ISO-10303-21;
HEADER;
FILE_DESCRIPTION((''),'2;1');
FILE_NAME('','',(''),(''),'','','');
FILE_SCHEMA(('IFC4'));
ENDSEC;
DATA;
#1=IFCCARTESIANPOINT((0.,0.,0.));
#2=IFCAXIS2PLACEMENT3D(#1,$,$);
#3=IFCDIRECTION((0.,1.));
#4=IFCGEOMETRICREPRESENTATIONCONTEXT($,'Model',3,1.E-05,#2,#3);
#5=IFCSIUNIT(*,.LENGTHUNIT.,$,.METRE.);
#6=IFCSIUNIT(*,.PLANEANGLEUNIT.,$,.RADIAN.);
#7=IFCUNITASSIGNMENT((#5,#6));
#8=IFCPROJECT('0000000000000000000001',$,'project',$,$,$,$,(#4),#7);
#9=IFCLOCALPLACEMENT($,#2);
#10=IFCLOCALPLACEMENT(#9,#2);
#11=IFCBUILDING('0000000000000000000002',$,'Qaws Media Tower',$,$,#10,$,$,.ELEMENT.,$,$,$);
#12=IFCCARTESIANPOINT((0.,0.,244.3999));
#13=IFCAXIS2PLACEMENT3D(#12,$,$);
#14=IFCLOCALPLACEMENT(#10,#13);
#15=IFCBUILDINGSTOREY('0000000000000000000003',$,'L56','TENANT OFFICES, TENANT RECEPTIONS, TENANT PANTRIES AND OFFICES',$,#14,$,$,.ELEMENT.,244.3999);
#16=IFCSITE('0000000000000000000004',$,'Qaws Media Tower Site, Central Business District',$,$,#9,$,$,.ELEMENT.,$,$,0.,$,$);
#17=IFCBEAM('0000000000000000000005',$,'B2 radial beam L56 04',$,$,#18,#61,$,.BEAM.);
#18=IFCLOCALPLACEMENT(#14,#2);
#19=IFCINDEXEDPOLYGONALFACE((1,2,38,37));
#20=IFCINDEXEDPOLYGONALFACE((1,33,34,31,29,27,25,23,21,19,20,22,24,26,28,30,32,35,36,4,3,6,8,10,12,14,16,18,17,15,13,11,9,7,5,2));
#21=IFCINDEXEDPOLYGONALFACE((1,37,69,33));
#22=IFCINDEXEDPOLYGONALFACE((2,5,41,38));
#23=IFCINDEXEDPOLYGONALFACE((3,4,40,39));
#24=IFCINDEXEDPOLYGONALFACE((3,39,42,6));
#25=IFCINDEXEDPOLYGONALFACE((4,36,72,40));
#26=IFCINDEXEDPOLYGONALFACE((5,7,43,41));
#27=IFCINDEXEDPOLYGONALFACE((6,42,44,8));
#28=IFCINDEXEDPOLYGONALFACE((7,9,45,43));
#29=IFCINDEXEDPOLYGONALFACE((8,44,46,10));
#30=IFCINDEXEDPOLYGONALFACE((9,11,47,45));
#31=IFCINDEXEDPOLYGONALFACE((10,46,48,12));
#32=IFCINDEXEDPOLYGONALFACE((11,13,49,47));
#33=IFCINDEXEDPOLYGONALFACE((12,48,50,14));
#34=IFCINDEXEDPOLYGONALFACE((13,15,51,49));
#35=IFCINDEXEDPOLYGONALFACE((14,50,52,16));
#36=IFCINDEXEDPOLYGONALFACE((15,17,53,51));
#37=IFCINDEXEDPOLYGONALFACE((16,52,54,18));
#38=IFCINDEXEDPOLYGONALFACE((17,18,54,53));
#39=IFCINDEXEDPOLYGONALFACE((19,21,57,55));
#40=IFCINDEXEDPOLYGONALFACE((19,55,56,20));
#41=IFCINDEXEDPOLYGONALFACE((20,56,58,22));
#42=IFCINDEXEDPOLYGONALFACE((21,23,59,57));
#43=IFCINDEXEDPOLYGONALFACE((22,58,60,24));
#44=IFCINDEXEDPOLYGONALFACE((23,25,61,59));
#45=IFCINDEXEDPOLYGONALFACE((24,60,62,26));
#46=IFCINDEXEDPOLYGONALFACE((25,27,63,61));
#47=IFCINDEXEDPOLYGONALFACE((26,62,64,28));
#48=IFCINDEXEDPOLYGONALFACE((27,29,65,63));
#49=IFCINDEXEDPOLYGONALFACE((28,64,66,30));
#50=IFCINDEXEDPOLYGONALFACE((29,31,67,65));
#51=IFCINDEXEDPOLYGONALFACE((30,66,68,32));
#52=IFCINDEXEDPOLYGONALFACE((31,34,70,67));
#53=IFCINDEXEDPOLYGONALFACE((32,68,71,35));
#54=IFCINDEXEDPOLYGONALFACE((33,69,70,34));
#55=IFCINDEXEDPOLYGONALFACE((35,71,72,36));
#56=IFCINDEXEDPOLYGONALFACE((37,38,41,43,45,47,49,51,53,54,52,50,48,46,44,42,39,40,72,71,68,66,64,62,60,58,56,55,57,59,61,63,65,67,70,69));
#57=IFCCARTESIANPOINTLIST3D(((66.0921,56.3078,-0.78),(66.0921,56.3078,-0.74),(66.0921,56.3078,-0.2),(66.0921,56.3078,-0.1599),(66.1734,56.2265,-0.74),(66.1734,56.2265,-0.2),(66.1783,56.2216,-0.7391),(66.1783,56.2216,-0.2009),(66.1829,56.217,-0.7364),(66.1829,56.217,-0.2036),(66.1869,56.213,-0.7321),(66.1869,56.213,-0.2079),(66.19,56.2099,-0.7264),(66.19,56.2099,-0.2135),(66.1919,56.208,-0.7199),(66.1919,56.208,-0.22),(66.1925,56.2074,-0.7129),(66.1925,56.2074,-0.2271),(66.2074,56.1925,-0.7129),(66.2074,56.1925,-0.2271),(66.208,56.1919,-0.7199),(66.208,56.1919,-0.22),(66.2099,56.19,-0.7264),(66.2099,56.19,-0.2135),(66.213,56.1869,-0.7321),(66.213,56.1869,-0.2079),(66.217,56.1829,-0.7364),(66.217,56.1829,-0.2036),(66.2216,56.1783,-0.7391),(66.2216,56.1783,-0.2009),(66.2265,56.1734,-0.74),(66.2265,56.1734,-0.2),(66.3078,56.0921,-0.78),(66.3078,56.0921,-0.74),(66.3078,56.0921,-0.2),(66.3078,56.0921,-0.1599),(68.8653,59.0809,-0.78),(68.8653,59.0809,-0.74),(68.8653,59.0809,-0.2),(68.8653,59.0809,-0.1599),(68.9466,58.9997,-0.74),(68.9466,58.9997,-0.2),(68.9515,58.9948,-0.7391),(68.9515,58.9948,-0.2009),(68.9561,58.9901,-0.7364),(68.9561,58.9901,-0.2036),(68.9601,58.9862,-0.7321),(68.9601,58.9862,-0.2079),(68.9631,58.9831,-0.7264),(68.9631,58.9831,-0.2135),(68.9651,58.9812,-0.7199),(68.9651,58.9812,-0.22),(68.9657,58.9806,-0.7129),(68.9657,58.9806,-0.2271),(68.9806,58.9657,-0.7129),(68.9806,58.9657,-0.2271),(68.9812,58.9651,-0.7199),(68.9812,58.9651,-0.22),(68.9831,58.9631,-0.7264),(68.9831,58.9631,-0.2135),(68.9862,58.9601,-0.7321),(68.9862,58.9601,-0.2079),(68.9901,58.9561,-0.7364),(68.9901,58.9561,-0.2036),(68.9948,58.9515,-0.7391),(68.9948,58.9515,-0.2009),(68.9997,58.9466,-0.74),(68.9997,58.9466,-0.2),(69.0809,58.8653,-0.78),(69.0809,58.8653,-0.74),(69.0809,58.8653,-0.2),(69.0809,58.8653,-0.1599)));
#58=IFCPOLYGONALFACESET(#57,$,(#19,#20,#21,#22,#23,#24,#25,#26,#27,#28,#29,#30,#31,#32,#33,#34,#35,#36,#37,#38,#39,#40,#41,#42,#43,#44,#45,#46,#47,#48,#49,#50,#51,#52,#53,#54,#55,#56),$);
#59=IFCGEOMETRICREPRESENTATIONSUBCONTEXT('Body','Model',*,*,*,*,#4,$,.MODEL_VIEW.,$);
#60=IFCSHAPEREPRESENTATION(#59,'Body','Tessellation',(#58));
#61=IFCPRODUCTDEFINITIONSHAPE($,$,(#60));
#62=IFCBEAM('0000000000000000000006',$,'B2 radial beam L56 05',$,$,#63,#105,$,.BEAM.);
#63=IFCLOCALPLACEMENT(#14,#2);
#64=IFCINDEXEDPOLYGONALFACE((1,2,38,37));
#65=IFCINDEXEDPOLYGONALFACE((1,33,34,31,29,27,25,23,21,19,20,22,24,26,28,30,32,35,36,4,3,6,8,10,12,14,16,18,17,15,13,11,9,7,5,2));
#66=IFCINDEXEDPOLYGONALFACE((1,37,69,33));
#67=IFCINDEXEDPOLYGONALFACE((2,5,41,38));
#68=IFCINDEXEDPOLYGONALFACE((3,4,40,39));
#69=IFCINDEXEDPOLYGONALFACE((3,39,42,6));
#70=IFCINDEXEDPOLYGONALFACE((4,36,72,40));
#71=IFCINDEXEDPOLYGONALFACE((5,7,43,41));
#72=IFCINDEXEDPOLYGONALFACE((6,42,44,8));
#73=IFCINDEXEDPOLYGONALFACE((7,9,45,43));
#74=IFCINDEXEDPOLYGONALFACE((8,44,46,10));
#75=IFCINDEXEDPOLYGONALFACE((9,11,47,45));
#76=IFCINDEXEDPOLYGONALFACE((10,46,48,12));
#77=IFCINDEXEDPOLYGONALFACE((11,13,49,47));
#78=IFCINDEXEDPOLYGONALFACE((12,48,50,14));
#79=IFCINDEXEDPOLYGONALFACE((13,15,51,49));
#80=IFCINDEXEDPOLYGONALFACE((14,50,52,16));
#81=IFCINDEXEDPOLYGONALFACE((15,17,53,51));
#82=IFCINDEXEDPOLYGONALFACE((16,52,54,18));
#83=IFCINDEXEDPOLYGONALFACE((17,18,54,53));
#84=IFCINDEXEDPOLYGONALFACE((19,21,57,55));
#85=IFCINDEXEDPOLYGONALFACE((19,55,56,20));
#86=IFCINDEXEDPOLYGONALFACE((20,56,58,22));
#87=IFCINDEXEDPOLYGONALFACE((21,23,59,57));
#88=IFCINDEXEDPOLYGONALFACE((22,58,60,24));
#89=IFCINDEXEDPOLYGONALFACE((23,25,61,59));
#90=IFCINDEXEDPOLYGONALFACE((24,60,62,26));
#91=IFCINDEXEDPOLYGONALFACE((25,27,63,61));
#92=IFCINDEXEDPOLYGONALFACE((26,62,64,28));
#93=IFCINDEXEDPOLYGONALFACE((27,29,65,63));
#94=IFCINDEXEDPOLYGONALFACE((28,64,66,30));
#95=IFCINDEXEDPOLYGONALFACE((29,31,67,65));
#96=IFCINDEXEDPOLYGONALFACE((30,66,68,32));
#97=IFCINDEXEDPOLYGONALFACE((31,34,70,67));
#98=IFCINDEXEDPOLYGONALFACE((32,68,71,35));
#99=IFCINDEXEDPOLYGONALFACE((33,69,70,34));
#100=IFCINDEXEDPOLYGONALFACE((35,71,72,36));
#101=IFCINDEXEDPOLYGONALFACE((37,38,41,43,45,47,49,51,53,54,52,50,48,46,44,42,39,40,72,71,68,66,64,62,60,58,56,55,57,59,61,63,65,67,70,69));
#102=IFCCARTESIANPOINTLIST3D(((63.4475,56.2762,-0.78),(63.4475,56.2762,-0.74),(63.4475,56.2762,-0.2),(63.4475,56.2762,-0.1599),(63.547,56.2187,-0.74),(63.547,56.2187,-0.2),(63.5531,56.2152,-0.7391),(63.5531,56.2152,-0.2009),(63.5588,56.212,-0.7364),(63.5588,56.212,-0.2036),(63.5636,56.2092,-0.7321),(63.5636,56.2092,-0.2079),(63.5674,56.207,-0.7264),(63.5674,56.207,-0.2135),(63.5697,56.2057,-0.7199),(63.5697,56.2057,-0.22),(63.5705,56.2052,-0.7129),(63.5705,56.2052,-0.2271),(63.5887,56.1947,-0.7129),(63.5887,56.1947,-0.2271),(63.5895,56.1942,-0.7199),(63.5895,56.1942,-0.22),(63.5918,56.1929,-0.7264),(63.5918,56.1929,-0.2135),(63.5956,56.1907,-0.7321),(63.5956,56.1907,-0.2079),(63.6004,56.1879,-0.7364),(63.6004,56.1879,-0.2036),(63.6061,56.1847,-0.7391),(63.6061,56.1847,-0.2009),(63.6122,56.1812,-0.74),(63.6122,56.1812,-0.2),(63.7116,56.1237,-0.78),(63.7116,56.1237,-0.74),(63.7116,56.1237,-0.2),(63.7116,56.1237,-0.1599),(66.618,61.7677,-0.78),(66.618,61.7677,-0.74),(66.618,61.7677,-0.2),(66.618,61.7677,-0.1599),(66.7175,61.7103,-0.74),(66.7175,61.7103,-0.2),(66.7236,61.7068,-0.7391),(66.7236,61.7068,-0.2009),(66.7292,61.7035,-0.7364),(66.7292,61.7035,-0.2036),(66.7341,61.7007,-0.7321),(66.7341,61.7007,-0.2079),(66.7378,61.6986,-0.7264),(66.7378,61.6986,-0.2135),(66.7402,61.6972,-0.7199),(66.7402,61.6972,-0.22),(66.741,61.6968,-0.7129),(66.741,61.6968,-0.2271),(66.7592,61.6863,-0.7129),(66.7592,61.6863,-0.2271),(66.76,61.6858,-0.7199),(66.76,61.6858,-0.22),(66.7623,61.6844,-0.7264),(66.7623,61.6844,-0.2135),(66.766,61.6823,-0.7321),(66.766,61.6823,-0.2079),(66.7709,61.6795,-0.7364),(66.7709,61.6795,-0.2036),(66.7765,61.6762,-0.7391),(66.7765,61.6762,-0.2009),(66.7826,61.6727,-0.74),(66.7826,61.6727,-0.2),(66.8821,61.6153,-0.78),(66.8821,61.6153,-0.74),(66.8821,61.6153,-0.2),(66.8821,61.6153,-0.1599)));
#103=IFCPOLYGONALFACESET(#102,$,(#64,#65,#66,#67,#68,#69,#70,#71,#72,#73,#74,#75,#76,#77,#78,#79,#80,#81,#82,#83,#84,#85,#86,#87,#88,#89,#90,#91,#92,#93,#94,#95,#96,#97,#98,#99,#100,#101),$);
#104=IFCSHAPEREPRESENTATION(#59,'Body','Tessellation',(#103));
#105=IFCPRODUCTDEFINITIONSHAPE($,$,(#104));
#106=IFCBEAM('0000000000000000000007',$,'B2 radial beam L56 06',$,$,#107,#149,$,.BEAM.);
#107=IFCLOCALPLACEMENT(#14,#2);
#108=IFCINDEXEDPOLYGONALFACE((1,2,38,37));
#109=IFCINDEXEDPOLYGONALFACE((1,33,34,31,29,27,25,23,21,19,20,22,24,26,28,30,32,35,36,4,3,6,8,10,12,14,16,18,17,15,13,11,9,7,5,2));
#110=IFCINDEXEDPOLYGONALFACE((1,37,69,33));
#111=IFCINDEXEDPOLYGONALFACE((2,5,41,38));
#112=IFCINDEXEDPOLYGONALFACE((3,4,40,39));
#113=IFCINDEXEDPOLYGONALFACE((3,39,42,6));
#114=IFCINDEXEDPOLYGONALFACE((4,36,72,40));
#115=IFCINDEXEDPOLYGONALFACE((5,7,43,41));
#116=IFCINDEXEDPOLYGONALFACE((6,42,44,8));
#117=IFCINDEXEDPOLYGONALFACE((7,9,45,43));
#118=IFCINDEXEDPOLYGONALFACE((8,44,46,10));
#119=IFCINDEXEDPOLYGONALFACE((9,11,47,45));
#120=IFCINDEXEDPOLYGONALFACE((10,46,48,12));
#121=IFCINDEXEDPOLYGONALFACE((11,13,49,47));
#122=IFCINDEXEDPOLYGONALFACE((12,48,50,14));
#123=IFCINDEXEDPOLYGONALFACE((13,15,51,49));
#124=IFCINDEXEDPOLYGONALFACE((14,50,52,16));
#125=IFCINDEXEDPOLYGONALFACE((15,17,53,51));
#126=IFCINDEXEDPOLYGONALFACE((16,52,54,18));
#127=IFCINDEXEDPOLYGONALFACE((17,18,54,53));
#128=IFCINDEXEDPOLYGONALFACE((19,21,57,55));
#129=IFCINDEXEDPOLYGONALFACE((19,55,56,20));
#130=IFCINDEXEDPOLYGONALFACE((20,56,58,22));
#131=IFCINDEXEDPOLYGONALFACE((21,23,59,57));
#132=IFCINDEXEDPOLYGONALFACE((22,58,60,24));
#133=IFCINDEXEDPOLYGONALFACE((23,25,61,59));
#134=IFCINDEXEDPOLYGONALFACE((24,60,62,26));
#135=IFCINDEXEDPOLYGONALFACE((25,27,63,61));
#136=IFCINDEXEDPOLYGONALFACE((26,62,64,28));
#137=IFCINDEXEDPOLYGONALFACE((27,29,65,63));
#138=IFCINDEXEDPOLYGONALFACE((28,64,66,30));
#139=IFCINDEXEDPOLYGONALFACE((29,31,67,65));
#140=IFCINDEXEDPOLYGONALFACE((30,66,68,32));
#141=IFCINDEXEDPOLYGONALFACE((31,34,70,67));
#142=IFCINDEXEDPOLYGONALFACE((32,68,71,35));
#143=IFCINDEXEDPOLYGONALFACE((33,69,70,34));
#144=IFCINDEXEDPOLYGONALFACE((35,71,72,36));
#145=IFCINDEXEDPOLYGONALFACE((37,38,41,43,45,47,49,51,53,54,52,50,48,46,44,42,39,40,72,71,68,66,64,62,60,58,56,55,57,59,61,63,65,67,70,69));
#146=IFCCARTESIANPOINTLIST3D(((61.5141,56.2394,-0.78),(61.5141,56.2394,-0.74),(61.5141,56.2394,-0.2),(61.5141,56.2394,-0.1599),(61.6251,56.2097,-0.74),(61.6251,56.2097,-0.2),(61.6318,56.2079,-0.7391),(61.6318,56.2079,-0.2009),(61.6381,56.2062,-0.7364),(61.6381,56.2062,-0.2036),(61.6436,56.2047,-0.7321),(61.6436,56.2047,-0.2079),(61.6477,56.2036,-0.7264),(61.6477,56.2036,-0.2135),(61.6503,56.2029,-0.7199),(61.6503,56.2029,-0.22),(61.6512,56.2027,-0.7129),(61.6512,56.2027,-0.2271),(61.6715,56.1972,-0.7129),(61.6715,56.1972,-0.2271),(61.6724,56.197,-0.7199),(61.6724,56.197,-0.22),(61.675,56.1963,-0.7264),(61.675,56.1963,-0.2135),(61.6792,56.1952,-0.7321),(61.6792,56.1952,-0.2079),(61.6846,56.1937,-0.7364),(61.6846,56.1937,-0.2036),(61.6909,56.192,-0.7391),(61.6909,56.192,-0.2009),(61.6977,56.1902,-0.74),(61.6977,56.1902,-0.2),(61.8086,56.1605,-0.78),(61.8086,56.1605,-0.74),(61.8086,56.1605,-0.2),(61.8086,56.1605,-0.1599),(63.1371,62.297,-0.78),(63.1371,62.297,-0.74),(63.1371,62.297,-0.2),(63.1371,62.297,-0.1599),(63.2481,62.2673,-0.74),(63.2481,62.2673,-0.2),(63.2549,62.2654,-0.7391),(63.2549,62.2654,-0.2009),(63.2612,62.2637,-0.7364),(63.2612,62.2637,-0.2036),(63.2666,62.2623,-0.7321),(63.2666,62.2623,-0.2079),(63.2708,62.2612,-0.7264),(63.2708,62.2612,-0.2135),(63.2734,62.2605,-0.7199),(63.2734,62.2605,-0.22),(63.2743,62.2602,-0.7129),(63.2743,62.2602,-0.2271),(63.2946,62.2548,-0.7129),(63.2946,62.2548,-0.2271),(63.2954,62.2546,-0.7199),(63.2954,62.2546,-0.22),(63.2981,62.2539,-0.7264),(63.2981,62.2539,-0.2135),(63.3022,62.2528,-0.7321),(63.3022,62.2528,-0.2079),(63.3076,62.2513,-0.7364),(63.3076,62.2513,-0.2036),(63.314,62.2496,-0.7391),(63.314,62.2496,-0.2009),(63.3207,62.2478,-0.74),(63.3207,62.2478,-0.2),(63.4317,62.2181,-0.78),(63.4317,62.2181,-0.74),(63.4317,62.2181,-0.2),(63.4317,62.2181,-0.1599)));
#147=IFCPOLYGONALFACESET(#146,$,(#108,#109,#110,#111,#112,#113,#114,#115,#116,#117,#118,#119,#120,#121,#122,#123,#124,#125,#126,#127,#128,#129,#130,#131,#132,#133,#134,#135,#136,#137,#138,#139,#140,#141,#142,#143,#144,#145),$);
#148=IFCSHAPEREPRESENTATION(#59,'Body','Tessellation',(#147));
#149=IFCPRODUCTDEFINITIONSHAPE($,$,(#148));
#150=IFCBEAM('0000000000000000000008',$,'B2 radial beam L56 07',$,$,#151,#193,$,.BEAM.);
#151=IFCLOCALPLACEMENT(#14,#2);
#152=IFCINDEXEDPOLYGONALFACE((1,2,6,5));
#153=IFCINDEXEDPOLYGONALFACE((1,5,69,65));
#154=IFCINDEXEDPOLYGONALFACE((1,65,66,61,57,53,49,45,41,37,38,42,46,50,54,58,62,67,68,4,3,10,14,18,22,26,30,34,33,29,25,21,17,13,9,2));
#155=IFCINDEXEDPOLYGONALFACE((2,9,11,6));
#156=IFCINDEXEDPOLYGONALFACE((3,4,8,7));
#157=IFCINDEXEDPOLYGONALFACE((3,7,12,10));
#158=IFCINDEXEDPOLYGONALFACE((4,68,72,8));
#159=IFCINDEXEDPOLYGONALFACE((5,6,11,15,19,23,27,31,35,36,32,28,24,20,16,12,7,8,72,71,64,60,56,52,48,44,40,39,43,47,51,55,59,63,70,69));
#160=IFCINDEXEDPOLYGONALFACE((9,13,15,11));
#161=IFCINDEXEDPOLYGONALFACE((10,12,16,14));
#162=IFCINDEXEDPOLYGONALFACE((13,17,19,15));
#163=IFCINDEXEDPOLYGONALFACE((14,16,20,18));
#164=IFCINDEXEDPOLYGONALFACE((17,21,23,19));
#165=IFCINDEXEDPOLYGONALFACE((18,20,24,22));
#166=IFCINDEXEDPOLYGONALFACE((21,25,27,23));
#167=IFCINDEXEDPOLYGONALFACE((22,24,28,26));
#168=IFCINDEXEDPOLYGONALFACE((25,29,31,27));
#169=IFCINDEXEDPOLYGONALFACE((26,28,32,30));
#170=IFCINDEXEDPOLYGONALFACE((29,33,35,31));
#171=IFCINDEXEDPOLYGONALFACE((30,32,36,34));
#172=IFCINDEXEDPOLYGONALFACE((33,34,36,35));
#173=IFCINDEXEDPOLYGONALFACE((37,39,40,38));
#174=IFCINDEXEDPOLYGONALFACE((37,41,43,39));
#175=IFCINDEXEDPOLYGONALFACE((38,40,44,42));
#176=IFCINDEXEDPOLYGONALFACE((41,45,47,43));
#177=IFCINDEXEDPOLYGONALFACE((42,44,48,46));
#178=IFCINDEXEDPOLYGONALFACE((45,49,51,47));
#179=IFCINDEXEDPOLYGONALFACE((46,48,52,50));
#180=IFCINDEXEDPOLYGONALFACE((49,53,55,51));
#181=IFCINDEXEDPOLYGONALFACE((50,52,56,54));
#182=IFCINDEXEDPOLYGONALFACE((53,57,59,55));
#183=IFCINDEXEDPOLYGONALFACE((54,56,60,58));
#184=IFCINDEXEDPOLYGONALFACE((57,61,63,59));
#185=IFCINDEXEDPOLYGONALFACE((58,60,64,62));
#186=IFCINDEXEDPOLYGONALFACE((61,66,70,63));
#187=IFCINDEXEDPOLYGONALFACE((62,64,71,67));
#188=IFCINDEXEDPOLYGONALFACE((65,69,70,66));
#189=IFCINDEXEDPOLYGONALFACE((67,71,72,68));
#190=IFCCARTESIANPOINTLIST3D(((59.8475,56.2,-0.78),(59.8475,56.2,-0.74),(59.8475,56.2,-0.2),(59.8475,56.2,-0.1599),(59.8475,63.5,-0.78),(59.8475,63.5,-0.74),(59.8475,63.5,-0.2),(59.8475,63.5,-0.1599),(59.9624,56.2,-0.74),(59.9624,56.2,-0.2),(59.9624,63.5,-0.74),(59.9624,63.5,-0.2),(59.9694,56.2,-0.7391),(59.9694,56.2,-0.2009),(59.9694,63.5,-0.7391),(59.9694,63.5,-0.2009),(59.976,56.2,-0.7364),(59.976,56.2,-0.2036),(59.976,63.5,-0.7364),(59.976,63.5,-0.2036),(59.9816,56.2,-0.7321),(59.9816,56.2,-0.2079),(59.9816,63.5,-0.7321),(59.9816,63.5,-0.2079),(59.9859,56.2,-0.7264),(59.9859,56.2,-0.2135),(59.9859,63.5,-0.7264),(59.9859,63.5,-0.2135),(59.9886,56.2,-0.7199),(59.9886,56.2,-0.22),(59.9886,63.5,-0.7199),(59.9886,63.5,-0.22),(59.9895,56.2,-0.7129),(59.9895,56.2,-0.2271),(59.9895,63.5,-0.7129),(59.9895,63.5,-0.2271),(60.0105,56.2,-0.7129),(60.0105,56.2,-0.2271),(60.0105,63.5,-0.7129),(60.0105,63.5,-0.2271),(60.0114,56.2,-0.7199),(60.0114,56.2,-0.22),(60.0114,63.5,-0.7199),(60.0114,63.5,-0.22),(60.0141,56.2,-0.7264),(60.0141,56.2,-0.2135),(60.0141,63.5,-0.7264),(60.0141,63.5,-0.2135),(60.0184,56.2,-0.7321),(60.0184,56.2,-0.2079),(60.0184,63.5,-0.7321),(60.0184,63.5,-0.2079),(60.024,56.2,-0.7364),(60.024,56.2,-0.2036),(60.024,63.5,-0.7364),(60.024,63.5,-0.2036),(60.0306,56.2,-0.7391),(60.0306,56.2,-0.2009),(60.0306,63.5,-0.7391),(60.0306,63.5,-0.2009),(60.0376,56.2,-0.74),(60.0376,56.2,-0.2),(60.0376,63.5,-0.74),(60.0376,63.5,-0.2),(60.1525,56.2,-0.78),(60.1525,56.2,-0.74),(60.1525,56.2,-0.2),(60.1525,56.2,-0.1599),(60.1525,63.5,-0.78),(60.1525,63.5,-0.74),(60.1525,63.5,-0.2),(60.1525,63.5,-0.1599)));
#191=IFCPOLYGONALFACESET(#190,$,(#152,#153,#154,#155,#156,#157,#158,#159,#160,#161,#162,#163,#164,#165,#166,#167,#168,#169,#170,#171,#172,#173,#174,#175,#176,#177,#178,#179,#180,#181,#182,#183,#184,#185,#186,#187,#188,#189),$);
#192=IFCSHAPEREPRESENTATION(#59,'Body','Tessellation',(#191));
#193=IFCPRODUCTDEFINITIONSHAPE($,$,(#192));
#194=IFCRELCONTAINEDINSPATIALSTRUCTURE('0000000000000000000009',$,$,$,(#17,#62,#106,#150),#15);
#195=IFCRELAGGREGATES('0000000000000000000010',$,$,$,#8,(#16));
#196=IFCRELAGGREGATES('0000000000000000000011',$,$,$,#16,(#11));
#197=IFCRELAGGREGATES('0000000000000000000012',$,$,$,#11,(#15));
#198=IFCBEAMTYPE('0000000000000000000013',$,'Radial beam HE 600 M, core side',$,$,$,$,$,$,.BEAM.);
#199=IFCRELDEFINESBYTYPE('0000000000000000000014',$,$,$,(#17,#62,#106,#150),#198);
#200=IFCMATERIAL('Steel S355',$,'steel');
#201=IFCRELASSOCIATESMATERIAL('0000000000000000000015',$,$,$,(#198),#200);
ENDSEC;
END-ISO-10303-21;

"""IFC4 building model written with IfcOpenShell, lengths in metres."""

from ifc_helpers import new_model, si_unit, direction, frame, origin, origin_2d, place, context, subcontext, project, spatial, i_section, extrude, material, material_profile, profile_set, type_object, element, save


model = new_model("IFC4")

# Units and contexts
model_context = context("Model", 3, precision=1e-05, world=origin(), true_north=direction((0.0, 1.0)))
body_context = subcontext(model_context, "Body", "Model", "MODEL_VIEW")
ifc_project = project(units=[si_unit("LENGTHUNIT", "METRE"), si_unit("PLANEANGLEUNIT", "RADIAN")], contexts=[model_context])

# Site, building, storey
site_placement = place(None, origin())
site = spatial("IfcSite", under=ifc_project, at=site_placement, Name="Qaws Media Tower Site, Central Business District", CompositionType="ELEMENT", RefElevation=0.0)
building_placement = place(site_placement, origin())
building = spatial("IfcBuilding", under=site, at=building_placement, Name="Qaws Media Tower", CompositionType="ELEMENT")
storey_placement = place(building_placement, frame((0.0, 0.0, 244.3999)))
storey = spatial("IfcBuildingStorey", under=building, at=storey_placement, Name="L56", Description="TENANT OFFICES, TENANT RECEPTIONS, TENANT PANTRIES AND OFFICES", CompositionType="ELEMENT", Elevation=244.3999)

# Beams
ifc_material_1 = material(Name="Steel S355", Category="steel")
ifc_material_profile_1 = material_profile(ifc_material_1, i_section(OverallWidth=0.3049, OverallDepth=0.6201, WebThickness=0.021, FlangeThickness=0.04, FilletRadius=0.0271, at=origin_2d()), Name="HE 600 M")
ifc_profile_set_1 = profile_set([ifc_material_profile_1], Name="Steel S355")
beam_type_1 = type_object("IfcBeamType", Name="Radial beam HE 600 M, core side", PredefinedType="BEAM", material=ifc_profile_set_1)
beam_1_placement = place(storey_placement, frame((66.2, 56.2, -0.47), z_axis=(0.707107, 0.707107, 0.0), x_axis=(-0.707107, 0.707107, 0.0)))
element("IfcBeam", 1, at=beam_1_placement, inside=storey, type_object=beam_type_1, Name="B2 radial beam L56 04", PredefinedType="BEAM", context=body_context, shape_type="SweptSolid", body=[
    extrude(i_section(OverallWidth=0.3049, OverallDepth=0.6201, WebThickness=0.021, FlangeThickness=0.04, FilletRadius=0.0271, at=origin_2d()), origin(), (0.0, 0.0, 1.0), 3.9219),
])
beam_2_placement = place(storey_placement, frame((63.5796, 56.2, -0.47), z_axis=(0.49999, 0.866031, 0.0), x_axis=(-0.866031, 0.49999, 0.0)))
element("IfcBeam", 2, at=beam_2_placement, inside=storey, type_object=beam_type_1, Name="B2 radial beam L56 05", PredefinedType="BEAM", context=body_context, shape_type="SweptSolid", body=[
    extrude(i_section(OverallWidth=0.3049, OverallDepth=0.6201, WebThickness=0.021, FlangeThickness=0.04, FilletRadius=0.0271, at=origin_2d()), origin(), (0.0, 0.0, 1.0), 6.3411),
])
beam_3_placement = place(storey_placement, frame((61.6614, 56.2, -0.47), z_axis=(0.258806, 0.965929, 0.0), x_axis=(-0.965929, 0.258806, 0.0)))
element("IfcBeam", 3, at=beam_3_placement, inside=storey, type_object=beam_type_1, Name="B2 radial beam L56 06", PredefinedType="BEAM", context=body_context, shape_type="SweptSolid", body=[
    extrude(i_section(OverallWidth=0.3049, OverallDepth=0.6201, WebThickness=0.021, FlangeThickness=0.04, FilletRadius=0.0271, at=origin_2d()), origin(), (0.0, 0.0, 1.0), 6.2712),
])
beam_4_placement = place(storey_placement, frame((60.0, 56.2, -0.47), z_axis=(0.0, 1.0, 0.0), x_axis=(-1.0, 0.0, 0.0)))
element("IfcBeam", 4, at=beam_4_placement, inside=storey, type_object=beam_type_1, Name="B2 radial beam L56 07", PredefinedType="BEAM", context=body_context, shape_type="SweptSolid", body=[
    extrude(i_section(OverallWidth=0.3049, OverallDepth=0.6201, WebThickness=0.021, FlangeThickness=0.04, FilletRadius=0.0271, at=origin_2d()), origin(), (0.0, 0.0, 1.0), 7.3),
])

save(model, "model.ifc")
